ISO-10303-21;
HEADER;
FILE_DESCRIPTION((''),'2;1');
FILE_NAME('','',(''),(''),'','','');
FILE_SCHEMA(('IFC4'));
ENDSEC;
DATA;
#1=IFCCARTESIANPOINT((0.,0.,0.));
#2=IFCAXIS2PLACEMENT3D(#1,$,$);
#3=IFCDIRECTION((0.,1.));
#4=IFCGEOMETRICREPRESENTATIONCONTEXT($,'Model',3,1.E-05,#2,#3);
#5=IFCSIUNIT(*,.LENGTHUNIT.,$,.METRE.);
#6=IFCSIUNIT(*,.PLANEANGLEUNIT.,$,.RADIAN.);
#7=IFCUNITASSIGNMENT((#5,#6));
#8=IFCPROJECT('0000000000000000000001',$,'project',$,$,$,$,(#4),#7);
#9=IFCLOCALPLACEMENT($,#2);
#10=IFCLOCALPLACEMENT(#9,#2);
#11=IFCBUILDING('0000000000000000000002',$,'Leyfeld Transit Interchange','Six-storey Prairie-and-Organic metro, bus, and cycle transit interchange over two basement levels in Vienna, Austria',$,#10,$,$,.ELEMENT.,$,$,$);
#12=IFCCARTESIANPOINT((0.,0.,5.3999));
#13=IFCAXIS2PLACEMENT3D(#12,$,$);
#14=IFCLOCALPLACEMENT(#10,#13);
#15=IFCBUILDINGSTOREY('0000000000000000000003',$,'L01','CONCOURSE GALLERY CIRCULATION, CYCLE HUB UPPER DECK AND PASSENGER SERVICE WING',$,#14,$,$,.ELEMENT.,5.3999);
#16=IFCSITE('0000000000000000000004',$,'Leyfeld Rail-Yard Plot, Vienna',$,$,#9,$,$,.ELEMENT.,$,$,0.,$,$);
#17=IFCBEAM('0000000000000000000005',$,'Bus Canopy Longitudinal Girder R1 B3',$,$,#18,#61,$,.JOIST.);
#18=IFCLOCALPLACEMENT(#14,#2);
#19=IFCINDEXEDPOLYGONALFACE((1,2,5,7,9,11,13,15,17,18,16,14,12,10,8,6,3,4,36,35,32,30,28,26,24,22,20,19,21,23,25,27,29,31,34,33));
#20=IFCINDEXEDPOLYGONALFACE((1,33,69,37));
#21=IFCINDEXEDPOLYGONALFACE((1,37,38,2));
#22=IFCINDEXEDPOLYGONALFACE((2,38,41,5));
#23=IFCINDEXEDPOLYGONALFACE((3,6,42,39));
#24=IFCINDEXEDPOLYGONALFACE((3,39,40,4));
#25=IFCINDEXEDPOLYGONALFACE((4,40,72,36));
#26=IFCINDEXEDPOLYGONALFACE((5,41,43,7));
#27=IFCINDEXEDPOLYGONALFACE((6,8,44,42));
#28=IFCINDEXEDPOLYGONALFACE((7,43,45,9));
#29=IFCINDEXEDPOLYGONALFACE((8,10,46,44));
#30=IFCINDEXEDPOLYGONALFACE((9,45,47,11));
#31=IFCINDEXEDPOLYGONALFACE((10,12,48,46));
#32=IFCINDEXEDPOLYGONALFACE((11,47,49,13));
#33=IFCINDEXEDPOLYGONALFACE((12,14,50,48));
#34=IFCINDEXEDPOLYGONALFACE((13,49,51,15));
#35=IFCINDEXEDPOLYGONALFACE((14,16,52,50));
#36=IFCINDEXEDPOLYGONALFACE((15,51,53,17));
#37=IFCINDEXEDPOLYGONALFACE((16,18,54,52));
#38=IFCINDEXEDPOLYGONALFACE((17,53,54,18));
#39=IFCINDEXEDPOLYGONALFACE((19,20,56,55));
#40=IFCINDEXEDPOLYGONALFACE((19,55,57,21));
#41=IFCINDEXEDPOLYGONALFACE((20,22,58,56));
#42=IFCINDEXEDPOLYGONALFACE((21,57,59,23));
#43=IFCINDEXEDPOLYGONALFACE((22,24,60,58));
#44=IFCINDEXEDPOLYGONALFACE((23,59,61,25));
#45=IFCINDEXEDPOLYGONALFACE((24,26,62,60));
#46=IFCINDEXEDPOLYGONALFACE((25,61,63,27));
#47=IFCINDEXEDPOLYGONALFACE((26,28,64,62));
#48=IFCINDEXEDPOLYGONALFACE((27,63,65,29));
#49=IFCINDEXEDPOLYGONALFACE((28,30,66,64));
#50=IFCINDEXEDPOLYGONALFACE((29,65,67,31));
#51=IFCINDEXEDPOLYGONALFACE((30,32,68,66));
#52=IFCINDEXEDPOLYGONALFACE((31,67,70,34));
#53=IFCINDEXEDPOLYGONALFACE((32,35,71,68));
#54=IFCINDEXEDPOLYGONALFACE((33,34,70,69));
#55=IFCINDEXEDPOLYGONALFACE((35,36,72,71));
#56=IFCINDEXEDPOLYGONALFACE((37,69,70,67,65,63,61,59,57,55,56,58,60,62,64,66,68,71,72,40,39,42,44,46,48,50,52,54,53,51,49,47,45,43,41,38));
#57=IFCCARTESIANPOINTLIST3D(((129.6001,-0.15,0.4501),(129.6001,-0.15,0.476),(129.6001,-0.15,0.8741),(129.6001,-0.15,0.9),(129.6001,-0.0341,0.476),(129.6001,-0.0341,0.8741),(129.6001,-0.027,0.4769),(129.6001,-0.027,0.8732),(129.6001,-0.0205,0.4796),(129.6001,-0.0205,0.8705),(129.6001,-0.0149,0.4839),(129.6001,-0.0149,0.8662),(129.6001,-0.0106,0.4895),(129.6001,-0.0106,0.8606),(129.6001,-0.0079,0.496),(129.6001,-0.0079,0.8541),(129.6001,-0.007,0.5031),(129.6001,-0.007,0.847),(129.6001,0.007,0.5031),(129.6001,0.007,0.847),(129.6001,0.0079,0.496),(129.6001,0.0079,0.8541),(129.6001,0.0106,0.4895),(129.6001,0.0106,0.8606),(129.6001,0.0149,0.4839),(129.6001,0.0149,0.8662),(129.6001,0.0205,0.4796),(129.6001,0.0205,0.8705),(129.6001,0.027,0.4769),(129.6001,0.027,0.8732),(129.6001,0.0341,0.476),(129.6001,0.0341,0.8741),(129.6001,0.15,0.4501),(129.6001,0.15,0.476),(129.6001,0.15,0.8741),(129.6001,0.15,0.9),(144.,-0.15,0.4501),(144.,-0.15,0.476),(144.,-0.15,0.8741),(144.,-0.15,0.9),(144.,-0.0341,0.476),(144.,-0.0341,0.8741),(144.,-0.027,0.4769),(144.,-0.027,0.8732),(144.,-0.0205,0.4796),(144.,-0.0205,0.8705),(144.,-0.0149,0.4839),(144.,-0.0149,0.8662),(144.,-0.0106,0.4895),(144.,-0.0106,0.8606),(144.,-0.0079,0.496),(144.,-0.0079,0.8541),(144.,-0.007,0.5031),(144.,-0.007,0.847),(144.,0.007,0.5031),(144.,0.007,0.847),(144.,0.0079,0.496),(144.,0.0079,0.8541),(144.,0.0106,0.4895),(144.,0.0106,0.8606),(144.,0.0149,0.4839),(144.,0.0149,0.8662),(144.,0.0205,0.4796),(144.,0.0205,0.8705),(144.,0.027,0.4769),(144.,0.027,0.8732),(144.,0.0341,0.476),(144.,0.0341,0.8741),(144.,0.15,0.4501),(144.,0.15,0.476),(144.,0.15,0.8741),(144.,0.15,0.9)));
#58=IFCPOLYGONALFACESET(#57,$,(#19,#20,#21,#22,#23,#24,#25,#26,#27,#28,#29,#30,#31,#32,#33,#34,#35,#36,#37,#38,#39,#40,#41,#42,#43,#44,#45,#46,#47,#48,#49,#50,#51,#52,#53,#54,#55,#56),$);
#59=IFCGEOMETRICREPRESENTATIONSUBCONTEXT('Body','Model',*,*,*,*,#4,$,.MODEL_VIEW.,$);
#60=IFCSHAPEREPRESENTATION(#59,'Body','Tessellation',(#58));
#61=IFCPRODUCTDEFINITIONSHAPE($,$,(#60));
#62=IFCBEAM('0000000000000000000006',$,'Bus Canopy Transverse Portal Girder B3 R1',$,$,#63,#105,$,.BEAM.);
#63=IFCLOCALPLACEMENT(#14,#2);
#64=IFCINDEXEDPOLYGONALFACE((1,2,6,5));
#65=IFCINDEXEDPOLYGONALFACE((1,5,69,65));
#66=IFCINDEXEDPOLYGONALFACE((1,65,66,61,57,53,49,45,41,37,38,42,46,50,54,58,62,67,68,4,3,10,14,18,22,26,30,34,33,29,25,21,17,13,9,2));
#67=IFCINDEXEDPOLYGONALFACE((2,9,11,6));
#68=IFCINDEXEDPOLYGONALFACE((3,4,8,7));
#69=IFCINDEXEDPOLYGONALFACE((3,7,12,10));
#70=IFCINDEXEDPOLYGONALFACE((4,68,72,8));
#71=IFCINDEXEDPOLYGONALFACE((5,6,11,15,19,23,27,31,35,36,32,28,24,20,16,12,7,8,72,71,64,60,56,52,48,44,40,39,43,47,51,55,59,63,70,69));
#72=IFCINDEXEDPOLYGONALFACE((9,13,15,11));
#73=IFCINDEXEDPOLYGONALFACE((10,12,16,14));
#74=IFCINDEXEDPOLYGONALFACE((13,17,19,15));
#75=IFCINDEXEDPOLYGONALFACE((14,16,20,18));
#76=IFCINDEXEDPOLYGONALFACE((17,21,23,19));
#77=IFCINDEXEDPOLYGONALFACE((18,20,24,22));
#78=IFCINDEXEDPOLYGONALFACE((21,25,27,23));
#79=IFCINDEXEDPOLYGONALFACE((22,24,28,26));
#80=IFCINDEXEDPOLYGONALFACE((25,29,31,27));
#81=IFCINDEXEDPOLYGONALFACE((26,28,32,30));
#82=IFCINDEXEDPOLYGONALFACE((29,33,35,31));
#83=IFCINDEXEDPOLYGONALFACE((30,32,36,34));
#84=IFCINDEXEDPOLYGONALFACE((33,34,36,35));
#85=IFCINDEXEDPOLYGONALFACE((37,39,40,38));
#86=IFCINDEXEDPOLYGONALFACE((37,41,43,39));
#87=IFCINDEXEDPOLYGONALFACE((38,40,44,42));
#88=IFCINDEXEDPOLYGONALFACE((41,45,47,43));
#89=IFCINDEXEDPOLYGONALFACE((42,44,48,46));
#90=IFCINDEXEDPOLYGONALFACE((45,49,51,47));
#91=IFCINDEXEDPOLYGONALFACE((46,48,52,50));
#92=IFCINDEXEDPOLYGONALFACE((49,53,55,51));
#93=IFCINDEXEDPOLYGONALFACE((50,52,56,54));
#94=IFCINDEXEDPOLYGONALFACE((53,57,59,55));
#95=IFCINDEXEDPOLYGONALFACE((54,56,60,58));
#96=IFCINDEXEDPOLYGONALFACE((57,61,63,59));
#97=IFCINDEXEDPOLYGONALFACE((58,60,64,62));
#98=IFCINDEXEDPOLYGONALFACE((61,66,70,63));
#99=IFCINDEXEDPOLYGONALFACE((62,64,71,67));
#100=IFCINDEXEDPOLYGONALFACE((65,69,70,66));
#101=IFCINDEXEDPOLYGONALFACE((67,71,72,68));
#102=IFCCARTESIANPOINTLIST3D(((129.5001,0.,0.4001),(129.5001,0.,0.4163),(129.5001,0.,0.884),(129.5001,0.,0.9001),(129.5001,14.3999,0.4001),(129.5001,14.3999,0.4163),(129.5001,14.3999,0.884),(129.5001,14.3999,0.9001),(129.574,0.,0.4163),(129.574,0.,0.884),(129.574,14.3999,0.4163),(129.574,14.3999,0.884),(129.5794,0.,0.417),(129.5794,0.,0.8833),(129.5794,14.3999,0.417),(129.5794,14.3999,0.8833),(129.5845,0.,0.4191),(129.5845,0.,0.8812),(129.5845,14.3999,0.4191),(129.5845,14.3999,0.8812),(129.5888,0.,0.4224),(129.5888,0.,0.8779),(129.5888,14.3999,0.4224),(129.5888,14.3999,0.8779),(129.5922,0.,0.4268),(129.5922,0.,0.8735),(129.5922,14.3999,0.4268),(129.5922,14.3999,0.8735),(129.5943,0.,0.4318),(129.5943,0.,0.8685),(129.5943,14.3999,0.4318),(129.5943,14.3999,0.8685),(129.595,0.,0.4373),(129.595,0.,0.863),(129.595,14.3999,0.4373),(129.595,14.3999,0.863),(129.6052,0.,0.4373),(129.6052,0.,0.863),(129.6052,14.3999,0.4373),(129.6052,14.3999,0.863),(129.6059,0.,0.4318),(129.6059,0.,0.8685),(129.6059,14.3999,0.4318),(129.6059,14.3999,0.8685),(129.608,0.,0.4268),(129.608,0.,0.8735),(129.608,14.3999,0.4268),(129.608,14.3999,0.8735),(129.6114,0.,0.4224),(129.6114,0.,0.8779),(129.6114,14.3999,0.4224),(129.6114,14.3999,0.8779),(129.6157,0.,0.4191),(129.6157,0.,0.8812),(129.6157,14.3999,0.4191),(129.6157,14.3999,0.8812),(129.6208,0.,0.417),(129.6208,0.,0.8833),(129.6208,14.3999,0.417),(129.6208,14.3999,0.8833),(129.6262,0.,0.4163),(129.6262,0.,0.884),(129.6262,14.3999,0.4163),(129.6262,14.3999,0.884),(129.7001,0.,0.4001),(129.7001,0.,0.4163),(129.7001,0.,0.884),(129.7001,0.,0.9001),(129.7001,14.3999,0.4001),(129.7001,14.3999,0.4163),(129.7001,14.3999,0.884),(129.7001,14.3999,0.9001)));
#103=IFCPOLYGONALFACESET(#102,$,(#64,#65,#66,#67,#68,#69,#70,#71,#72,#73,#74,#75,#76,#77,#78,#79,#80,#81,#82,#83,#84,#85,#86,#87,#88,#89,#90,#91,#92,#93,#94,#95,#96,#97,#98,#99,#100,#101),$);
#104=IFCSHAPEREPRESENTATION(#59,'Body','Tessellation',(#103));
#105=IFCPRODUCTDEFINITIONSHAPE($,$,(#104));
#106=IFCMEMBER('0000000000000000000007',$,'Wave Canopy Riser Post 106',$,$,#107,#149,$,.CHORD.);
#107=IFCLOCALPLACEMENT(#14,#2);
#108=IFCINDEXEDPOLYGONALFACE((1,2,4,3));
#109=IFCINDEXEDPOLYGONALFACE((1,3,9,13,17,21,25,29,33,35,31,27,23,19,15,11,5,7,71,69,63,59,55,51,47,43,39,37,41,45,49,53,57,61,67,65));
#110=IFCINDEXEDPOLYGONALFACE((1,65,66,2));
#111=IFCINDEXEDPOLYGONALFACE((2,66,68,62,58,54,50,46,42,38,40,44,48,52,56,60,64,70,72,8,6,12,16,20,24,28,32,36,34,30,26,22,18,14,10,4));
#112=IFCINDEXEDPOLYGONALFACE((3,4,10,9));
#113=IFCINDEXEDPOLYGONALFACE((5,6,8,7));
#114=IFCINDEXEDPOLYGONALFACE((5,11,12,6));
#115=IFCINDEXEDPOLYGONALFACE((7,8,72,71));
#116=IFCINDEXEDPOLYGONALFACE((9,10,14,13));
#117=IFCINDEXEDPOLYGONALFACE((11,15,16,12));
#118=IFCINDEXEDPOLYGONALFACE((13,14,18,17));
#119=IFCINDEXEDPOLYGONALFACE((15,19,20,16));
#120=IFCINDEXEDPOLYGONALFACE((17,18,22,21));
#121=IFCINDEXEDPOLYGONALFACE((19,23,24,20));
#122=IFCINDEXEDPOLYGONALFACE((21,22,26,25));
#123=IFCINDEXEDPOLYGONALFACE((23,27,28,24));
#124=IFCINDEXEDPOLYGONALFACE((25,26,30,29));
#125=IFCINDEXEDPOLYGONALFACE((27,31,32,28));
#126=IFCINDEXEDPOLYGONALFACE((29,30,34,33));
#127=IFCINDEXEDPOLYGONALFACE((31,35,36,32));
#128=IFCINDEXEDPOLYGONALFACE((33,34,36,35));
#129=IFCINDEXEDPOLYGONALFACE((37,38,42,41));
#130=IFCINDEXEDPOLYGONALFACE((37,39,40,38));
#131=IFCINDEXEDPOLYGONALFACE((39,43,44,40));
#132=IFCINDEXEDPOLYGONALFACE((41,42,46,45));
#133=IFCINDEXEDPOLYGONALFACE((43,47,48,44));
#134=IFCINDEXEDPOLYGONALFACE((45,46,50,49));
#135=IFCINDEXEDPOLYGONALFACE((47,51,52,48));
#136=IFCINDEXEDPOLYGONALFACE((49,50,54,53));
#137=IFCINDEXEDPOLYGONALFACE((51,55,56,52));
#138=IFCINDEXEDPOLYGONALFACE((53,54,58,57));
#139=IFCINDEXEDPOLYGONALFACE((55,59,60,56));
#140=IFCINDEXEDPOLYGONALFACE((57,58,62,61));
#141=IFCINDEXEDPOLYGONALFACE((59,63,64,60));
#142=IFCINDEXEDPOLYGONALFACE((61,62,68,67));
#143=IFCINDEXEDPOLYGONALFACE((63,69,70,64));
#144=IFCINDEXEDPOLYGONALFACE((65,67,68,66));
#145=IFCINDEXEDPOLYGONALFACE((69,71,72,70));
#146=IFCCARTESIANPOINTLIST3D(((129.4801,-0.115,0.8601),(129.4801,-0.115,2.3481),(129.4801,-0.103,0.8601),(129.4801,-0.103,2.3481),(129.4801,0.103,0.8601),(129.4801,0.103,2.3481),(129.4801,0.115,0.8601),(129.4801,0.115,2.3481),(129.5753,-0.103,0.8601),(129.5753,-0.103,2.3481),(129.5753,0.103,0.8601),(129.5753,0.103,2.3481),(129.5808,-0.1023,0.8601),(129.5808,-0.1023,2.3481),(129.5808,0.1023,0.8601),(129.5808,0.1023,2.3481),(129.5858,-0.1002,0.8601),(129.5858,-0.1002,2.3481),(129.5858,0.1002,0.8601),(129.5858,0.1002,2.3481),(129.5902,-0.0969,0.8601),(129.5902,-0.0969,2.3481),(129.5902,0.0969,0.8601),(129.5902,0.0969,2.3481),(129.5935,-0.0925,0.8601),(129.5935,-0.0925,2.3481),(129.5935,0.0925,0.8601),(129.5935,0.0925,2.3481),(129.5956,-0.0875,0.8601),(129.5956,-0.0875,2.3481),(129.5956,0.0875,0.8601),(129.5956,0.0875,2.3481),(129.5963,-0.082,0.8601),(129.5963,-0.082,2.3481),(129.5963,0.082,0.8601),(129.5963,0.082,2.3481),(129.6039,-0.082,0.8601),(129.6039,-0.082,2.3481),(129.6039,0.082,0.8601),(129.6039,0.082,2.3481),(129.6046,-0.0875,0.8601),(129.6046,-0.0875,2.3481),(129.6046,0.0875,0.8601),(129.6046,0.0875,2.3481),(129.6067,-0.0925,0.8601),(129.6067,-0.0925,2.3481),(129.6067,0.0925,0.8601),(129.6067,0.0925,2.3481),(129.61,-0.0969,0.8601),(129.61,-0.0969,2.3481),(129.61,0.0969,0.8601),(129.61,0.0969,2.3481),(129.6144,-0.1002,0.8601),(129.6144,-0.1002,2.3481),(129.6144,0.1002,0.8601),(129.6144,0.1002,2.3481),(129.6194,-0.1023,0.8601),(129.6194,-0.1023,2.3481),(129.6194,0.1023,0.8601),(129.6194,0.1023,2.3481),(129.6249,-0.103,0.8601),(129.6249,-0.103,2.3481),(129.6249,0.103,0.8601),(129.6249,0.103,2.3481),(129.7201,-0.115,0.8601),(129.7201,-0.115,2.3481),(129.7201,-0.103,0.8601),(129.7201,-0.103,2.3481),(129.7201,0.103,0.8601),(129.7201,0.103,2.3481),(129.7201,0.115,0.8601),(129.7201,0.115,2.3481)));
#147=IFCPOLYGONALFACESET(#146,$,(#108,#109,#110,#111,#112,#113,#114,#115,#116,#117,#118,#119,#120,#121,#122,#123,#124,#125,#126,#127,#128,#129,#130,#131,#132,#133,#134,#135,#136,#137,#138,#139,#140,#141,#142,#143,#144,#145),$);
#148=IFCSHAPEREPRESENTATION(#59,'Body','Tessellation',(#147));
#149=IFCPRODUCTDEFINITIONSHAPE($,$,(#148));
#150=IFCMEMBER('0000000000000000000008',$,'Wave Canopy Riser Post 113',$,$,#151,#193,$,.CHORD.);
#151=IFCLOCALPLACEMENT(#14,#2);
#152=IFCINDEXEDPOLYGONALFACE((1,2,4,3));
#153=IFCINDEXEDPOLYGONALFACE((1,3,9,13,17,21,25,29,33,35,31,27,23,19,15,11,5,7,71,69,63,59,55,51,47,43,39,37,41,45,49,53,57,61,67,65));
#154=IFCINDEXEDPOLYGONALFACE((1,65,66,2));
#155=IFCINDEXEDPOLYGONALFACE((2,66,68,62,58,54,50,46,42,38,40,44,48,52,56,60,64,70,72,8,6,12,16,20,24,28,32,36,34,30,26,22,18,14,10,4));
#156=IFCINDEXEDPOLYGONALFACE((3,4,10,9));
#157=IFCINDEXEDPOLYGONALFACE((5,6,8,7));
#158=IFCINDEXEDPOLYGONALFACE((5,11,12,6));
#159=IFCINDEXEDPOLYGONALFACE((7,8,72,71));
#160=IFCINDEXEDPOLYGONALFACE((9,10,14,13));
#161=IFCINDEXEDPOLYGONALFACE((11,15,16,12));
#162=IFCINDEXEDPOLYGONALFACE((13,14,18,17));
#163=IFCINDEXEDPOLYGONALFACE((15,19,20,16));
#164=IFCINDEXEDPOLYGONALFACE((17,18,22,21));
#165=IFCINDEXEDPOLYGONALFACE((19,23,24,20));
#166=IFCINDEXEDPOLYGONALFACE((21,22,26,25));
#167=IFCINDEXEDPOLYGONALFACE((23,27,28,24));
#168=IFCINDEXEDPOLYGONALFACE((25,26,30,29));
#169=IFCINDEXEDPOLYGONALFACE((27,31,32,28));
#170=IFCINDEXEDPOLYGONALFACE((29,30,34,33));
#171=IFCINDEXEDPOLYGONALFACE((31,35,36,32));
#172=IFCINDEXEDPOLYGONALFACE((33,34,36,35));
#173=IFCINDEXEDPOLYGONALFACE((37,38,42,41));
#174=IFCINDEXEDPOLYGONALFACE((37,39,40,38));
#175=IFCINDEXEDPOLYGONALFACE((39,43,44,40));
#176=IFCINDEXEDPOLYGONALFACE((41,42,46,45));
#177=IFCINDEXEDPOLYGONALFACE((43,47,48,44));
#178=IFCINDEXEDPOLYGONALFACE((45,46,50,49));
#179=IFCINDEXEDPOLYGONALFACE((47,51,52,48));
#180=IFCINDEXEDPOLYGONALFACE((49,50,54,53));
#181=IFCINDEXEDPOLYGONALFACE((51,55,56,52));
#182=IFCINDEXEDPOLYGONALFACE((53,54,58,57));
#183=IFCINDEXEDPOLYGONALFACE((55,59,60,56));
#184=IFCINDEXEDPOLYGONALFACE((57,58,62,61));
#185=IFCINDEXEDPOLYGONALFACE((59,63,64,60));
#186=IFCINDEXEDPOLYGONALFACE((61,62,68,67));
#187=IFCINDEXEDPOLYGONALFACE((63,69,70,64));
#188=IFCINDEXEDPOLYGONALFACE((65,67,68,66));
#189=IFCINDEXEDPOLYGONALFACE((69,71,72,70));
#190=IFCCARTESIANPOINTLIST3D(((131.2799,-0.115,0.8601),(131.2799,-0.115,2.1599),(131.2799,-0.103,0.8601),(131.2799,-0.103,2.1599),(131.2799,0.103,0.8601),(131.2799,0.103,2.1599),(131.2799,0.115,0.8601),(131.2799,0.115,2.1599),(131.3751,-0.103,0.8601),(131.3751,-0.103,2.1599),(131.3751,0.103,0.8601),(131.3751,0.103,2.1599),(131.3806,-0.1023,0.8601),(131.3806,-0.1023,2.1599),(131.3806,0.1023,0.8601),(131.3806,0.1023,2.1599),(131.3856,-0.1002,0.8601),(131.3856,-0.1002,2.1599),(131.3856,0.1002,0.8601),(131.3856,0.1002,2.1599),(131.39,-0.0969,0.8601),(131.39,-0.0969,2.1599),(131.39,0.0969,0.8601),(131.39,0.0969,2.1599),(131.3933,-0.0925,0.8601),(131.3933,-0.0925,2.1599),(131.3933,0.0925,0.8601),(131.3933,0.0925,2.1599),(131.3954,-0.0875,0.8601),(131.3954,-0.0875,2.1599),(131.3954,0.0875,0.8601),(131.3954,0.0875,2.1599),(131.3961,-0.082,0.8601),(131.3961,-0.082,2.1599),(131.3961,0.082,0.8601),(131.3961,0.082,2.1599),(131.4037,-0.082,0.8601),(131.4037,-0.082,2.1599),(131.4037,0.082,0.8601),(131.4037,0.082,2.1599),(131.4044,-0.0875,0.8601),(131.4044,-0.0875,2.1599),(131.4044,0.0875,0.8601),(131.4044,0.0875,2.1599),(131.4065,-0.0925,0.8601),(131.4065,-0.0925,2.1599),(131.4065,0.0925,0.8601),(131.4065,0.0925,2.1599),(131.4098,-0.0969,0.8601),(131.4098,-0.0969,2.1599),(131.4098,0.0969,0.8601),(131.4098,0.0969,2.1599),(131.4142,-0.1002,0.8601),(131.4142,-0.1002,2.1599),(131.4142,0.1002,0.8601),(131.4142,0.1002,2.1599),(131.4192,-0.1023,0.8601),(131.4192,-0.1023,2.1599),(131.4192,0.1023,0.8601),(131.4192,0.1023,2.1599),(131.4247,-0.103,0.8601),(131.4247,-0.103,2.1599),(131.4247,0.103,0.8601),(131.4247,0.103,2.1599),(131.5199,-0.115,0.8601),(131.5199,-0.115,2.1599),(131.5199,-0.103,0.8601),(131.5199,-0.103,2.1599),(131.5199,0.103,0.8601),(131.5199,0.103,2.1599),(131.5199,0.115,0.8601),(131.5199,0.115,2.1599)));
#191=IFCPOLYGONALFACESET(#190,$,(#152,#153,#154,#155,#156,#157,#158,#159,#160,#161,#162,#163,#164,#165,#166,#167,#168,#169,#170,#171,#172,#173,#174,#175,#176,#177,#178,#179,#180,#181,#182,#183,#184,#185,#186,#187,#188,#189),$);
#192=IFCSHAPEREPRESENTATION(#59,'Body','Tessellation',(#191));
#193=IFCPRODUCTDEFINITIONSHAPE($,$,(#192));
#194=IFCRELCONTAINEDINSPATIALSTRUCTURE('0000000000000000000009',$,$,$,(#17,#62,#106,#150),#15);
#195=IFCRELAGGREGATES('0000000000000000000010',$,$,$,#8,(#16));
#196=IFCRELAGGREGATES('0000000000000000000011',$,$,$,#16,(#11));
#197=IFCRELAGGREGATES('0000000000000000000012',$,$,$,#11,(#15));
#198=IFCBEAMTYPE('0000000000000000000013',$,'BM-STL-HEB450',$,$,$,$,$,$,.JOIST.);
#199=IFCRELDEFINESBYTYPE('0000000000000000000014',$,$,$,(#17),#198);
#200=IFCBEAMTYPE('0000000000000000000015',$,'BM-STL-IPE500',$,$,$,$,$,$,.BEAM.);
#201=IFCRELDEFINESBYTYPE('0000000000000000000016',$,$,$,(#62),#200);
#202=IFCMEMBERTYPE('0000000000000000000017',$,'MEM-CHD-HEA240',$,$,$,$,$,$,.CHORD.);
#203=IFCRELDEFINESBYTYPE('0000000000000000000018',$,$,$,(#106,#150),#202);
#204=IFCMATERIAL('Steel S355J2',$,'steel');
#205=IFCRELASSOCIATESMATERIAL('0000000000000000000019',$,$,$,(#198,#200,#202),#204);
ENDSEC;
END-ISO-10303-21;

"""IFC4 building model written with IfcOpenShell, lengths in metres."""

from ifc_helpers import new_model, si_unit, direction, frame, origin, origin_2d, place, context, subcontext, project, spatial, i_section, extrude, material, material_profile, profile_set, type_object, element, save


model = new_model("IFC4")

# Units and contexts
model_context = context("Model", 3, precision=1e-05, world=origin(), true_north=direction((0.0, 1.0)))
body_context = subcontext(model_context, "Body", "Model", "MODEL_VIEW")
ifc_project = project(units=[si_unit("LENGTHUNIT", "METRE"), si_unit("PLANEANGLEUNIT", "RADIAN")], contexts=[model_context])

# Site, building, storey
site_placement = place(None, origin())
site = spatial("IfcSite", under=ifc_project, at=site_placement, Name="Leyfeld Rail-Yard Plot, Vienna", CompositionType="ELEMENT", RefElevation=0.0)
building_placement = place(site_placement, origin())
building = spatial("IfcBuilding", under=site, at=building_placement, Name="Leyfeld Transit Interchange", Description="Six-storey Prairie-and-Organic metro, bus, and cycle transit interchange over two basement levels in Vienna, Austria", CompositionType="ELEMENT")
storey_placement = place(building_placement, frame((0.0, 0.0, 5.3999)))
storey = spatial("IfcBuildingStorey", under=building, at=storey_placement, Name="L01", Description="CONCOURSE GALLERY CIRCULATION, CYCLE HUB UPPER DECK AND PASSENGER SERVICE WING", CompositionType="ELEMENT", Elevation=5.3999)

# Beams
ifc_material_1 = material(Name="Steel S355J2", Category="steel")
ifc_material_profile_1 = material_profile(ifc_material_1, i_section(OverallWidth=0.3, OverallDepth=0.45, WebThickness=0.0139, FlangeThickness=0.0259, FilletRadius=0.0271, at=origin_2d()), Name="HEB 450")
ifc_profile_set_1 = profile_set([ifc_material_profile_1], Name="Steel S355J2")
beam_type_1 = type_object("IfcBeamType", Name="BM-STL-HEB450", PredefinedType="JOIST", material=ifc_profile_set_1)
beam_1_placement = place(storey_placement, frame((129.6001, 0.0, 0.675), z_axis=(1.0, 0.0, 0.0), x_axis=(0.0, 1.0, 0.0)))
element("IfcBeam", 1, at=beam_1_placement, inside=storey, type_object=beam_type_1, Name="Bus Canopy Longitudinal Girder R1 B3", PredefinedType="JOIST", context=body_context, shape_type="SweptSolid", body=[
    extrude(i_section(OverallWidth=0.3, OverallDepth=0.45, WebThickness=0.0139, FlangeThickness=0.0259, FilletRadius=0.0271, at=origin_2d()), origin(), (0.0, 0.0, 1.0), 14.3999),
])
ifc_material_profile_2 = material_profile(ifc_material_1, i_section(OverallWidth=0.2, OverallDepth=0.5, WebThickness=0.0103, FlangeThickness=0.0161, FilletRadius=0.021, at=origin_2d()), Name="IPE 500")
ifc_profile_set_2 = profile_set([ifc_material_profile_2], Name="Steel S355J2")
beam_type_2 = type_object("IfcBeamType", Name="BM-STL-IPE500", PredefinedType="BEAM", material=ifc_profile_set_2)
beam_2_placement = place(storey_placement, frame((129.6001, 0.0, 0.6501), z_axis=(0.0, 1.0, 0.0), x_axis=(-1.0, 0.0, 0.0)))
element("IfcBeam", 2, at=beam_2_placement, inside=storey, type_object=beam_type_2, Name="Bus Canopy Transverse Portal Girder B3 R1", PredefinedType="BEAM", context=body_context, shape_type="SweptSolid", body=[
    extrude(i_section(OverallWidth=0.2, OverallDepth=0.5, WebThickness=0.0103, FlangeThickness=0.0161, FilletRadius=0.021, at=origin_2d()), origin(), (0.0, 0.0, 1.0), 14.3999),
])

# Members
ifc_material_profile_3 = material_profile(ifc_material_1, i_section(OverallWidth=0.24, OverallDepth=0.23, WebThickness=0.0076, FlangeThickness=0.012, FilletRadius=0.021, at=origin_2d()), Name="HEA 240")
ifc_profile_set_3 = profile_set([ifc_material_profile_3], Name="Steel S355J2")
member_type_1 = type_object("IfcMemberType", Name="MEM-CHD-HEA240", PredefinedType="CHORD", material=ifc_profile_set_3)
member_1_placement = place(storey_placement, frame((129.6001, 0.0, 0.8601), z_axis=(0.0, 0.0, 1.0), x_axis=(1.0, 0.0, 0.0)))
element("IfcMember", 3, at=member_1_placement, inside=storey, type_object=member_type_1, Name="Wave Canopy Riser Post 106", PredefinedType="CHORD", context=body_context, shape_type="SweptSolid", body=[
    extrude(i_section(OverallWidth=0.24, OverallDepth=0.23, WebThickness=0.0076, FlangeThickness=0.012, FilletRadius=0.021, at=origin_2d()), origin(), (0.0, 0.0, 1.0), 1.488),
])
member_2_placement = place(storey_placement, frame((131.3999, 0.0, 0.8601), z_axis=(0.0, 0.0, 1.0), x_axis=(1.0, 0.0, 0.0)))
element("IfcMember", 4, at=member_2_placement, inside=storey, type_object=member_type_1, Name="Wave Canopy Riser Post 113", PredefinedType="CHORD", context=body_context, shape_type="SweptSolid", body=[
    extrude(i_section(OverallWidth=0.24, OverallDepth=0.23, WebThickness=0.0076, FlangeThickness=0.012, FilletRadius=0.021, at=origin_2d()), origin(), (0.0, 0.0, 1.0), 1.2998),
])

save(model, "model.ifc")
